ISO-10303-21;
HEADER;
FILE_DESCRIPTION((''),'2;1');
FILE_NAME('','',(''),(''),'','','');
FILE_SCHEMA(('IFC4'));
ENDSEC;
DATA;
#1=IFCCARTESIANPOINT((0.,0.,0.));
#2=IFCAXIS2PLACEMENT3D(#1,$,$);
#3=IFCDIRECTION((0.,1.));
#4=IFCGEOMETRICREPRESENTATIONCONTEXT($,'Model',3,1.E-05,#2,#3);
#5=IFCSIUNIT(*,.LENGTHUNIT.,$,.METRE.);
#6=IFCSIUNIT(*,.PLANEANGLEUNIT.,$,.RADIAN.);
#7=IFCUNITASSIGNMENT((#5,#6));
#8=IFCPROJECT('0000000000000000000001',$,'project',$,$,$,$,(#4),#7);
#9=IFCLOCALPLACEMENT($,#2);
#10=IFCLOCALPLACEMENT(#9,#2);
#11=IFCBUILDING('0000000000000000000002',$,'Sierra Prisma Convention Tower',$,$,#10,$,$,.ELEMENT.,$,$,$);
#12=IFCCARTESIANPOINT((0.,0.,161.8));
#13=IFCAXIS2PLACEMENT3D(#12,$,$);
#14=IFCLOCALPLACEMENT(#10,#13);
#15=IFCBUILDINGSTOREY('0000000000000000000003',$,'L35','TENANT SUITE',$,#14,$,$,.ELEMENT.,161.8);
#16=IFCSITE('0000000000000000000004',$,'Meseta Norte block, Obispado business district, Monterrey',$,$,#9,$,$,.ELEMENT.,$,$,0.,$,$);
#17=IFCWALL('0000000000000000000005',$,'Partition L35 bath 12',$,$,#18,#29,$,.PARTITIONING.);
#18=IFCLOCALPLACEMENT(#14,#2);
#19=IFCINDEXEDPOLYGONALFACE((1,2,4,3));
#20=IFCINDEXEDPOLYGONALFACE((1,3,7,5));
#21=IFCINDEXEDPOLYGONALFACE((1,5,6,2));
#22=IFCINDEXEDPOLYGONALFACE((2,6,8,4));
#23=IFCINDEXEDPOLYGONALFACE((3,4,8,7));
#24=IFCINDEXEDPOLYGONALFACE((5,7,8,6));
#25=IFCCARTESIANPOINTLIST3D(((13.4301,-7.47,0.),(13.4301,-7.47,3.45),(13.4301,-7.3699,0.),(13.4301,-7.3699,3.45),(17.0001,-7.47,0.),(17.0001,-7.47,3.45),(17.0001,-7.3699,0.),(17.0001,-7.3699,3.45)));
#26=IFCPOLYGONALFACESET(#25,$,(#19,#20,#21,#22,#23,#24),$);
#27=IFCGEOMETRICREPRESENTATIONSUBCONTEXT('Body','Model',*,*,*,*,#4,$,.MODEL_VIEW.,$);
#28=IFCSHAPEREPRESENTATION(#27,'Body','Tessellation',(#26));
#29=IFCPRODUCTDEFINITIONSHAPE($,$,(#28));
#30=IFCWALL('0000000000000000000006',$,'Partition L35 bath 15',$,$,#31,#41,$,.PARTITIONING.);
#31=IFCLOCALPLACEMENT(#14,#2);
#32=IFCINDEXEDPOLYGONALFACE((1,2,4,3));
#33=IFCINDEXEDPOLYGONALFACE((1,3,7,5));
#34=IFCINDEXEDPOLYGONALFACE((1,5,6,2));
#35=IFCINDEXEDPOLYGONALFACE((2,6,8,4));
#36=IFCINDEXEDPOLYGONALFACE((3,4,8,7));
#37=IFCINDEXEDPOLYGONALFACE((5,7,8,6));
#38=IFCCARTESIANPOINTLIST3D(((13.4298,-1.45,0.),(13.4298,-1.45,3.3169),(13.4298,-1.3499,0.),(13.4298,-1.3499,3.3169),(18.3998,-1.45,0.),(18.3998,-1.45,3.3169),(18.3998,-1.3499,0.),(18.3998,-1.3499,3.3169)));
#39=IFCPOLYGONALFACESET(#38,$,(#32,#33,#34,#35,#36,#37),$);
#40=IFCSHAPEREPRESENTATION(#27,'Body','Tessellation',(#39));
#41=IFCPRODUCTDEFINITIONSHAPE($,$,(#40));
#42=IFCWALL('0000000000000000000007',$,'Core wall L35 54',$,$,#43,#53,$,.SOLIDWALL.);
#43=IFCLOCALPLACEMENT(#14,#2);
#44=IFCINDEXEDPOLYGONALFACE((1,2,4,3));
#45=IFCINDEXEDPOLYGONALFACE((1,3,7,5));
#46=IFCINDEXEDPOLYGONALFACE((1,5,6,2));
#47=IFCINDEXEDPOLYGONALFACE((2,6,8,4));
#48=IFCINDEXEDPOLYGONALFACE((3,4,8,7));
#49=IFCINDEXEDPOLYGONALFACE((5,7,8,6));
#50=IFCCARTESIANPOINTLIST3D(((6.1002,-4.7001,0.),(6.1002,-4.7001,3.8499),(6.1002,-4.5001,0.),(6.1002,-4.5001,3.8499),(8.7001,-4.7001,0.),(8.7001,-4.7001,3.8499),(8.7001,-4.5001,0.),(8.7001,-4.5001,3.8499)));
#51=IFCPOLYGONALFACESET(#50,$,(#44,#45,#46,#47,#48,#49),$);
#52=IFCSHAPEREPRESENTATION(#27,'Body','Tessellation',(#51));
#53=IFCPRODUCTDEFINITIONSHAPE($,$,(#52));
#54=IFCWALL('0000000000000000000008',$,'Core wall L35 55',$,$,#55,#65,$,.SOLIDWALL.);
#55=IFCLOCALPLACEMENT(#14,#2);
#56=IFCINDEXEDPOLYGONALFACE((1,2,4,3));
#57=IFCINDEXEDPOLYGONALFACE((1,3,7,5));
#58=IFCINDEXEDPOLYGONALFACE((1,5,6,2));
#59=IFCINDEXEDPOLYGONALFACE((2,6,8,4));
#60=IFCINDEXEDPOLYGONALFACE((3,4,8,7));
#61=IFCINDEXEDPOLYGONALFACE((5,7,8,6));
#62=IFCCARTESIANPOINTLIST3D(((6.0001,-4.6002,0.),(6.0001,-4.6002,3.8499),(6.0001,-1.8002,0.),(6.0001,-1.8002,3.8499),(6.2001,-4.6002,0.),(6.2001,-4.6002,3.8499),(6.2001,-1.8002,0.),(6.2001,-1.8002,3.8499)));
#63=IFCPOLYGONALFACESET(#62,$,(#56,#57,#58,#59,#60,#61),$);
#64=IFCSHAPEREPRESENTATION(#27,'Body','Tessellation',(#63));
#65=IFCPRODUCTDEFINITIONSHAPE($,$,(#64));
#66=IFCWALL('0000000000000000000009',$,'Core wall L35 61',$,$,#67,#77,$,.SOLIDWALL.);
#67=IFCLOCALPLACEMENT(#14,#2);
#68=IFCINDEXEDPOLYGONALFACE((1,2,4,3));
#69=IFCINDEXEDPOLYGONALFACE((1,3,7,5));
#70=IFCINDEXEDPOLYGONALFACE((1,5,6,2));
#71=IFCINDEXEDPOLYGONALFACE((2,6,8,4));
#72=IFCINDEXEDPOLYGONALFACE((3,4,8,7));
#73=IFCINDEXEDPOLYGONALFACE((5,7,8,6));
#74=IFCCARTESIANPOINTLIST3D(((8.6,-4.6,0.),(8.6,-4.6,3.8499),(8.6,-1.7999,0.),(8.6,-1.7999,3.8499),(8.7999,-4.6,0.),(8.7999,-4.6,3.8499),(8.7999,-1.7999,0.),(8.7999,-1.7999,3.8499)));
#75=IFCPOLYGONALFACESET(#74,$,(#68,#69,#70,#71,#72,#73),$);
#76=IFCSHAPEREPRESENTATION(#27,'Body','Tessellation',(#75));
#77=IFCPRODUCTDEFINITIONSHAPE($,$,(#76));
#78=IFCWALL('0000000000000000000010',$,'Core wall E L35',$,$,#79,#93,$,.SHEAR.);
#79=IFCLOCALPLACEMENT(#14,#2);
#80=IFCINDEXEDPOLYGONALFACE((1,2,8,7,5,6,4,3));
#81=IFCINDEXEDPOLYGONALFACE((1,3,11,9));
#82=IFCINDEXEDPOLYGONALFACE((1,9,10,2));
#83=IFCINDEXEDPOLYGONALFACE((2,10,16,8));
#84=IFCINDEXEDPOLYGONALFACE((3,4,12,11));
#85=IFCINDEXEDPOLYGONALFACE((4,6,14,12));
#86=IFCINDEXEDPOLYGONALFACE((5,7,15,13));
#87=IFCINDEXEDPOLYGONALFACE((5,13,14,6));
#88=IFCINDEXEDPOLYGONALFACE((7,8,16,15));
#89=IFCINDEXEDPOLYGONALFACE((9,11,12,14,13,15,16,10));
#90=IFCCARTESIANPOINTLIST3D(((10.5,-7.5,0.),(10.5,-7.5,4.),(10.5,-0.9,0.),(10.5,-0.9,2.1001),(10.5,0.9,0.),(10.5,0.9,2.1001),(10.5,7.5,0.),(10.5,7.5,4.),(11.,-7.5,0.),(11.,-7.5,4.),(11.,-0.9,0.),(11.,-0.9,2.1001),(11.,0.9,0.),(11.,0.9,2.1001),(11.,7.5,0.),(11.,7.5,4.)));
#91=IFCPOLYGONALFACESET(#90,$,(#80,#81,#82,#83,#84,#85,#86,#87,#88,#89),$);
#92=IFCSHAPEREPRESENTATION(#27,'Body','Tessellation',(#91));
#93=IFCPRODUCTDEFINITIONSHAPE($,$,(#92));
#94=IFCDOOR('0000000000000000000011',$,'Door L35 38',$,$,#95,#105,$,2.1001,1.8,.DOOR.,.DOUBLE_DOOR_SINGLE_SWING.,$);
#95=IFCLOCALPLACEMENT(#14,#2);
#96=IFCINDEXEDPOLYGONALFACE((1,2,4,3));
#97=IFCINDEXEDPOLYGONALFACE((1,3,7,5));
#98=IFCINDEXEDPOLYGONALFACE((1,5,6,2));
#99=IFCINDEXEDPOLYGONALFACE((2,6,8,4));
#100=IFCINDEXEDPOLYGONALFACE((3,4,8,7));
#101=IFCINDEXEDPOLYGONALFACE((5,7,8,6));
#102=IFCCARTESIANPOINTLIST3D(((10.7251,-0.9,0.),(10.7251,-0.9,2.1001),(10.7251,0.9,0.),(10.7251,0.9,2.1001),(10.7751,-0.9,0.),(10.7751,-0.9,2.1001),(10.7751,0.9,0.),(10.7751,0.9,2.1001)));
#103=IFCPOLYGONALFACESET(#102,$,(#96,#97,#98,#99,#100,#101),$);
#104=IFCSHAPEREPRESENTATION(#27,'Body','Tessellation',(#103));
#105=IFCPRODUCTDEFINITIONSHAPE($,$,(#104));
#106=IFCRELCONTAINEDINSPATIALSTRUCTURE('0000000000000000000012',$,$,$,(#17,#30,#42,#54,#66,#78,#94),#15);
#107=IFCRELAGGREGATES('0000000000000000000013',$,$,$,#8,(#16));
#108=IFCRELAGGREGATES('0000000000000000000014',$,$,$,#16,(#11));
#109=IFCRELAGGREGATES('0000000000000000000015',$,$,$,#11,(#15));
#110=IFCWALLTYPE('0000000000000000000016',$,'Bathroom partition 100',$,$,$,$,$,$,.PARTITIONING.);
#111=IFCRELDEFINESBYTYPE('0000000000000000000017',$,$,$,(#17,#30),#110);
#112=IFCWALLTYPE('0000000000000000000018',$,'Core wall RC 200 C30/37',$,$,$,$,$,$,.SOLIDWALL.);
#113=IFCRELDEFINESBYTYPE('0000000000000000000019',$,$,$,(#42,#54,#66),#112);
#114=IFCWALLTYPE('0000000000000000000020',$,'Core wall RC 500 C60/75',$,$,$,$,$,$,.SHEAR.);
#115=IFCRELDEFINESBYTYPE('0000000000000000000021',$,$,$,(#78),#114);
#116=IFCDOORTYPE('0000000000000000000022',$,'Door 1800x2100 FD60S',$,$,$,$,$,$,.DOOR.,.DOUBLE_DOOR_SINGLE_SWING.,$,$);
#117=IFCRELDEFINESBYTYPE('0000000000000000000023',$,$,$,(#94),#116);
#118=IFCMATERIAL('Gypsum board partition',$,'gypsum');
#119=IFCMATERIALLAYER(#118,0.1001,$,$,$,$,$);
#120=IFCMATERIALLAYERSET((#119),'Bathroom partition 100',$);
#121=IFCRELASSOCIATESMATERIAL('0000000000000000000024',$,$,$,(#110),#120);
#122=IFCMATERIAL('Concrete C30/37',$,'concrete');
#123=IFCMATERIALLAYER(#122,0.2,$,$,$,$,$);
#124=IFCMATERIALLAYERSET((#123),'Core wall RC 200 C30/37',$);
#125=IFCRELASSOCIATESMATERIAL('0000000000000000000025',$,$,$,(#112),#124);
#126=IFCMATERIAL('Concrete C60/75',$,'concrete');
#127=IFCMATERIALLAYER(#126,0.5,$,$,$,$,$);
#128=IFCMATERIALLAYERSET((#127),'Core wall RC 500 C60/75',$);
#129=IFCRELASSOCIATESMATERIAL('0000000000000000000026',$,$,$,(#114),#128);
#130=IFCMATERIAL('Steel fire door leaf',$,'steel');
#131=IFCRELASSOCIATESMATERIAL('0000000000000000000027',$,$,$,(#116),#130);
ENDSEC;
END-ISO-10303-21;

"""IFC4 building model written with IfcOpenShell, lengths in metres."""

from ifc_helpers import new_model, si_unit, direction, frame, frame_2d, origin, place, context, subcontext, project, spatial, rectangle, extrude, material, layer, layer_set, type_object, element, fill, save


model = new_model("IFC4")

# Units and contexts
model_context = context("Model", 3, precision=1e-05, world=origin(), true_north=direction((0.0, 1.0)))
body_context = subcontext(model_context, "Body", "Model", "MODEL_VIEW")
ifc_project = project(units=[si_unit("LENGTHUNIT", "METRE"), si_unit("PLANEANGLEUNIT", "RADIAN")], contexts=[model_context])

# Site, building, storey
site_placement = place(None, origin())
site = spatial("IfcSite", under=ifc_project, at=site_placement, Name="Meseta Norte block, Obispado business district, Monterrey", CompositionType="ELEMENT", RefElevation=0.0)
building_placement = place(site_placement, origin())
building = spatial("IfcBuilding", under=site, at=building_placement, Name="Sierra Prisma Convention Tower", CompositionType="ELEMENT")
storey_placement = place(building_placement, frame((0.0, 0.0, 161.8)))
storey = spatial("IfcBuildingStorey", under=building, at=storey_placement, Name="L35", Description="TENANT SUITE", CompositionType="ELEMENT", Elevation=161.8)

# Walls
ifc_material_1 = material(Name="Gypsum board partition", Category="gypsum")
ifc_layer_1 = layer(ifc_material_1, 0.1001)
ifc_layer_set_1 = layer_set([ifc_layer_1], Name="Bathroom partition 100")
wall_type_1 = type_object("IfcWallType", Name="Bathroom partition 100", PredefinedType="PARTITIONING", material=ifc_layer_set_1)
wall_1_placement = place(storey_placement, frame((13.4299, -7.4199, 0.0), z_axis=(0.0, 0.0, 1.0), x_axis=(1.0, 0.0, 0.0)))
element("IfcWall", 1, at=wall_1_placement, inside=storey, type_object=wall_type_1, Name="Partition L35 bath 12", PredefinedType="PARTITIONING", context=body_context, shape_type="SweptSolid", body=[
    extrude(rectangle(XDim=3.5701, YDim=0.1001, at=frame_2d((1.7852, 0.0))), origin(), (0.0, 0.0, 1.0), 3.45),
])
wall_2_placement = place(storey_placement, frame((13.4299, -1.3999, 0.0), z_axis=(0.0, 0.0, 1.0), x_axis=(1.0, 0.0, 0.0)))
element("IfcWall", 2, at=wall_2_placement, inside=storey, type_object=wall_type_1, Name="Partition L35 bath 15", PredefinedType="PARTITIONING", context=body_context, shape_type="SweptSolid", body=[
    extrude(rectangle(XDim=4.97, YDim=0.1001, at=frame_2d((2.4849, 0.0))), origin(), (0.0, 0.0, 1.0), 3.3169),
])
ifc_material_2 = material(Name="Concrete C30/37", Category="concrete")
ifc_layer_2 = layer(ifc_material_2, 0.2)
ifc_layer_set_2 = layer_set([ifc_layer_2], Name="Core wall RC 200 C30/37")
wall_type_2 = type_object("IfcWallType", Name="Core wall RC 200 C30/37", PredefinedType="SOLIDWALL", material=ifc_layer_set_2)
wall_3_placement = place(storey_placement, frame((8.7, -4.6001, 0.0), z_axis=(0.0, 0.0, 1.0), x_axis=(-1.0, 0.0, 0.0)))
element("IfcWall", 3, at=wall_3_placement, inside=storey, type_object=wall_type_2, Name="Core wall L35 54", PredefinedType="SOLIDWALL", context=body_context, shape_type="SweptSolid", body=[
    extrude(rectangle(XDim=2.5999, YDim=0.2, at=frame_2d((1.2998, 0.0))), origin(), (0.0, 0.0, 1.0), 3.8499),
])
wall_4_placement = place(storey_placement, frame((6.1001, -4.6001, 0.0), z_axis=(0.0, 0.0, 1.0), x_axis=(0.0, 1.0, 0.0)))
element("IfcWall", 4, at=wall_4_placement, inside=storey, type_object=wall_type_2, Name="Core wall L35 55", PredefinedType="SOLIDWALL", context=body_context, shape_type="SweptSolid", body=[
    extrude(rectangle(XDim=2.8, YDim=0.2, at=frame_2d((1.3999, 0.0))), origin(), (0.0, 0.0, 1.0), 3.8499),
])

# Wall
wall_5_placement = place(storey_placement, frame((8.7, -1.8, 0.0), z_axis=(0.0, 0.0, 1.0), x_axis=(0.0, -1.0, 0.0)))
element("IfcWall", 5, at=wall_5_placement, inside=storey, type_object=wall_type_2, Name="Core wall L35 61", PredefinedType="SOLIDWALL", context=body_context, shape_type="SweptSolid", body=[
    extrude(rectangle(XDim=2.8, YDim=0.2, at=frame_2d((1.3999, 0.0))), origin(), (0.0, 0.0, 1.0), 3.8499),
])

# Wall, opening, door
ifc_material_3 = material(Name="Concrete C60/75", Category="concrete")
ifc_layer_3 = layer(ifc_material_3, 0.5)
ifc_layer_set_3 = layer_set([ifc_layer_3], Name="Core wall RC 500 C60/75")
wall_type_3 = type_object("IfcWallType", Name="Core wall RC 500 C60/75", PredefinedType="SHEAR", material=ifc_layer_set_3)
wall_6_placement = place(storey_placement, frame((10.75, -7.5, 0.0), z_axis=(0.0, 0.0, 1.0), x_axis=(0.0, 1.0, 0.0)))
wall_6 = element("IfcWall", 6, at=wall_6_placement, inside=storey, type_object=wall_type_3, Name="Core wall E L35", PredefinedType="SHEAR", context=body_context, shape_type="SweptSolid", body=[
    extrude(rectangle(XDim=15.0, YDim=0.5, at=frame_2d((7.5, 0.0))), origin(), (0.0, 0.0, 1.0), 4.0),
])
opening_1_placement = place(wall_6_placement, frame((6.6001, 0.0, 0.0)))
opening_1 = element("IfcOpeningElement", 7, at=opening_1_placement, cuts=wall_6, PredefinedType="OPENING", context=body_context, shape_type="SweptSolid", body=[
    extrude(rectangle(XDim=1.8, YDim=2.1001, at=frame_2d((0.8999, 1.05))), frame((0.0, 0.25, 0.0), z_axis=(0.0, -1.0, 0.0), x_axis=(1.0, 0.0, 0.0)), (0.0, 0.0, 1.0), 0.5),
])
ifc_material_4 = material(Name="Steel fire door leaf", Category="steel")
door_type_1 = type_object("IfcDoorType", Name="Door 1800x2100 FD60S", OperationType="DOUBLE_DOOR_SINGLE_SWING", PredefinedType="DOOR", material=ifc_material_4)
door_1_placement = place(opening_1_placement, origin())
door_1 = element("IfcDoor", 8, at=door_1_placement, inside=storey, type_object=door_type_1, Name="Door L35 38", OperationType="DOUBLE_DOOR_SINGLE_SWING", OverallHeight=2.1001, OverallWidth=1.8, PredefinedType="DOOR", context=body_context, shape_type="SweptSolid", body=[
    extrude(rectangle(XDim=1.8, YDim=2.1001, at=frame_2d((0.8999, 1.05))), frame((0.0, 0.0249, 0.0), z_axis=(0.0, -1.0, 0.0), x_axis=(1.0, 0.0, 0.0)), (0.0, 0.0, 1.0), 0.05),
])
fill(opening_1, door_1)

save(model, "model.ifc")
